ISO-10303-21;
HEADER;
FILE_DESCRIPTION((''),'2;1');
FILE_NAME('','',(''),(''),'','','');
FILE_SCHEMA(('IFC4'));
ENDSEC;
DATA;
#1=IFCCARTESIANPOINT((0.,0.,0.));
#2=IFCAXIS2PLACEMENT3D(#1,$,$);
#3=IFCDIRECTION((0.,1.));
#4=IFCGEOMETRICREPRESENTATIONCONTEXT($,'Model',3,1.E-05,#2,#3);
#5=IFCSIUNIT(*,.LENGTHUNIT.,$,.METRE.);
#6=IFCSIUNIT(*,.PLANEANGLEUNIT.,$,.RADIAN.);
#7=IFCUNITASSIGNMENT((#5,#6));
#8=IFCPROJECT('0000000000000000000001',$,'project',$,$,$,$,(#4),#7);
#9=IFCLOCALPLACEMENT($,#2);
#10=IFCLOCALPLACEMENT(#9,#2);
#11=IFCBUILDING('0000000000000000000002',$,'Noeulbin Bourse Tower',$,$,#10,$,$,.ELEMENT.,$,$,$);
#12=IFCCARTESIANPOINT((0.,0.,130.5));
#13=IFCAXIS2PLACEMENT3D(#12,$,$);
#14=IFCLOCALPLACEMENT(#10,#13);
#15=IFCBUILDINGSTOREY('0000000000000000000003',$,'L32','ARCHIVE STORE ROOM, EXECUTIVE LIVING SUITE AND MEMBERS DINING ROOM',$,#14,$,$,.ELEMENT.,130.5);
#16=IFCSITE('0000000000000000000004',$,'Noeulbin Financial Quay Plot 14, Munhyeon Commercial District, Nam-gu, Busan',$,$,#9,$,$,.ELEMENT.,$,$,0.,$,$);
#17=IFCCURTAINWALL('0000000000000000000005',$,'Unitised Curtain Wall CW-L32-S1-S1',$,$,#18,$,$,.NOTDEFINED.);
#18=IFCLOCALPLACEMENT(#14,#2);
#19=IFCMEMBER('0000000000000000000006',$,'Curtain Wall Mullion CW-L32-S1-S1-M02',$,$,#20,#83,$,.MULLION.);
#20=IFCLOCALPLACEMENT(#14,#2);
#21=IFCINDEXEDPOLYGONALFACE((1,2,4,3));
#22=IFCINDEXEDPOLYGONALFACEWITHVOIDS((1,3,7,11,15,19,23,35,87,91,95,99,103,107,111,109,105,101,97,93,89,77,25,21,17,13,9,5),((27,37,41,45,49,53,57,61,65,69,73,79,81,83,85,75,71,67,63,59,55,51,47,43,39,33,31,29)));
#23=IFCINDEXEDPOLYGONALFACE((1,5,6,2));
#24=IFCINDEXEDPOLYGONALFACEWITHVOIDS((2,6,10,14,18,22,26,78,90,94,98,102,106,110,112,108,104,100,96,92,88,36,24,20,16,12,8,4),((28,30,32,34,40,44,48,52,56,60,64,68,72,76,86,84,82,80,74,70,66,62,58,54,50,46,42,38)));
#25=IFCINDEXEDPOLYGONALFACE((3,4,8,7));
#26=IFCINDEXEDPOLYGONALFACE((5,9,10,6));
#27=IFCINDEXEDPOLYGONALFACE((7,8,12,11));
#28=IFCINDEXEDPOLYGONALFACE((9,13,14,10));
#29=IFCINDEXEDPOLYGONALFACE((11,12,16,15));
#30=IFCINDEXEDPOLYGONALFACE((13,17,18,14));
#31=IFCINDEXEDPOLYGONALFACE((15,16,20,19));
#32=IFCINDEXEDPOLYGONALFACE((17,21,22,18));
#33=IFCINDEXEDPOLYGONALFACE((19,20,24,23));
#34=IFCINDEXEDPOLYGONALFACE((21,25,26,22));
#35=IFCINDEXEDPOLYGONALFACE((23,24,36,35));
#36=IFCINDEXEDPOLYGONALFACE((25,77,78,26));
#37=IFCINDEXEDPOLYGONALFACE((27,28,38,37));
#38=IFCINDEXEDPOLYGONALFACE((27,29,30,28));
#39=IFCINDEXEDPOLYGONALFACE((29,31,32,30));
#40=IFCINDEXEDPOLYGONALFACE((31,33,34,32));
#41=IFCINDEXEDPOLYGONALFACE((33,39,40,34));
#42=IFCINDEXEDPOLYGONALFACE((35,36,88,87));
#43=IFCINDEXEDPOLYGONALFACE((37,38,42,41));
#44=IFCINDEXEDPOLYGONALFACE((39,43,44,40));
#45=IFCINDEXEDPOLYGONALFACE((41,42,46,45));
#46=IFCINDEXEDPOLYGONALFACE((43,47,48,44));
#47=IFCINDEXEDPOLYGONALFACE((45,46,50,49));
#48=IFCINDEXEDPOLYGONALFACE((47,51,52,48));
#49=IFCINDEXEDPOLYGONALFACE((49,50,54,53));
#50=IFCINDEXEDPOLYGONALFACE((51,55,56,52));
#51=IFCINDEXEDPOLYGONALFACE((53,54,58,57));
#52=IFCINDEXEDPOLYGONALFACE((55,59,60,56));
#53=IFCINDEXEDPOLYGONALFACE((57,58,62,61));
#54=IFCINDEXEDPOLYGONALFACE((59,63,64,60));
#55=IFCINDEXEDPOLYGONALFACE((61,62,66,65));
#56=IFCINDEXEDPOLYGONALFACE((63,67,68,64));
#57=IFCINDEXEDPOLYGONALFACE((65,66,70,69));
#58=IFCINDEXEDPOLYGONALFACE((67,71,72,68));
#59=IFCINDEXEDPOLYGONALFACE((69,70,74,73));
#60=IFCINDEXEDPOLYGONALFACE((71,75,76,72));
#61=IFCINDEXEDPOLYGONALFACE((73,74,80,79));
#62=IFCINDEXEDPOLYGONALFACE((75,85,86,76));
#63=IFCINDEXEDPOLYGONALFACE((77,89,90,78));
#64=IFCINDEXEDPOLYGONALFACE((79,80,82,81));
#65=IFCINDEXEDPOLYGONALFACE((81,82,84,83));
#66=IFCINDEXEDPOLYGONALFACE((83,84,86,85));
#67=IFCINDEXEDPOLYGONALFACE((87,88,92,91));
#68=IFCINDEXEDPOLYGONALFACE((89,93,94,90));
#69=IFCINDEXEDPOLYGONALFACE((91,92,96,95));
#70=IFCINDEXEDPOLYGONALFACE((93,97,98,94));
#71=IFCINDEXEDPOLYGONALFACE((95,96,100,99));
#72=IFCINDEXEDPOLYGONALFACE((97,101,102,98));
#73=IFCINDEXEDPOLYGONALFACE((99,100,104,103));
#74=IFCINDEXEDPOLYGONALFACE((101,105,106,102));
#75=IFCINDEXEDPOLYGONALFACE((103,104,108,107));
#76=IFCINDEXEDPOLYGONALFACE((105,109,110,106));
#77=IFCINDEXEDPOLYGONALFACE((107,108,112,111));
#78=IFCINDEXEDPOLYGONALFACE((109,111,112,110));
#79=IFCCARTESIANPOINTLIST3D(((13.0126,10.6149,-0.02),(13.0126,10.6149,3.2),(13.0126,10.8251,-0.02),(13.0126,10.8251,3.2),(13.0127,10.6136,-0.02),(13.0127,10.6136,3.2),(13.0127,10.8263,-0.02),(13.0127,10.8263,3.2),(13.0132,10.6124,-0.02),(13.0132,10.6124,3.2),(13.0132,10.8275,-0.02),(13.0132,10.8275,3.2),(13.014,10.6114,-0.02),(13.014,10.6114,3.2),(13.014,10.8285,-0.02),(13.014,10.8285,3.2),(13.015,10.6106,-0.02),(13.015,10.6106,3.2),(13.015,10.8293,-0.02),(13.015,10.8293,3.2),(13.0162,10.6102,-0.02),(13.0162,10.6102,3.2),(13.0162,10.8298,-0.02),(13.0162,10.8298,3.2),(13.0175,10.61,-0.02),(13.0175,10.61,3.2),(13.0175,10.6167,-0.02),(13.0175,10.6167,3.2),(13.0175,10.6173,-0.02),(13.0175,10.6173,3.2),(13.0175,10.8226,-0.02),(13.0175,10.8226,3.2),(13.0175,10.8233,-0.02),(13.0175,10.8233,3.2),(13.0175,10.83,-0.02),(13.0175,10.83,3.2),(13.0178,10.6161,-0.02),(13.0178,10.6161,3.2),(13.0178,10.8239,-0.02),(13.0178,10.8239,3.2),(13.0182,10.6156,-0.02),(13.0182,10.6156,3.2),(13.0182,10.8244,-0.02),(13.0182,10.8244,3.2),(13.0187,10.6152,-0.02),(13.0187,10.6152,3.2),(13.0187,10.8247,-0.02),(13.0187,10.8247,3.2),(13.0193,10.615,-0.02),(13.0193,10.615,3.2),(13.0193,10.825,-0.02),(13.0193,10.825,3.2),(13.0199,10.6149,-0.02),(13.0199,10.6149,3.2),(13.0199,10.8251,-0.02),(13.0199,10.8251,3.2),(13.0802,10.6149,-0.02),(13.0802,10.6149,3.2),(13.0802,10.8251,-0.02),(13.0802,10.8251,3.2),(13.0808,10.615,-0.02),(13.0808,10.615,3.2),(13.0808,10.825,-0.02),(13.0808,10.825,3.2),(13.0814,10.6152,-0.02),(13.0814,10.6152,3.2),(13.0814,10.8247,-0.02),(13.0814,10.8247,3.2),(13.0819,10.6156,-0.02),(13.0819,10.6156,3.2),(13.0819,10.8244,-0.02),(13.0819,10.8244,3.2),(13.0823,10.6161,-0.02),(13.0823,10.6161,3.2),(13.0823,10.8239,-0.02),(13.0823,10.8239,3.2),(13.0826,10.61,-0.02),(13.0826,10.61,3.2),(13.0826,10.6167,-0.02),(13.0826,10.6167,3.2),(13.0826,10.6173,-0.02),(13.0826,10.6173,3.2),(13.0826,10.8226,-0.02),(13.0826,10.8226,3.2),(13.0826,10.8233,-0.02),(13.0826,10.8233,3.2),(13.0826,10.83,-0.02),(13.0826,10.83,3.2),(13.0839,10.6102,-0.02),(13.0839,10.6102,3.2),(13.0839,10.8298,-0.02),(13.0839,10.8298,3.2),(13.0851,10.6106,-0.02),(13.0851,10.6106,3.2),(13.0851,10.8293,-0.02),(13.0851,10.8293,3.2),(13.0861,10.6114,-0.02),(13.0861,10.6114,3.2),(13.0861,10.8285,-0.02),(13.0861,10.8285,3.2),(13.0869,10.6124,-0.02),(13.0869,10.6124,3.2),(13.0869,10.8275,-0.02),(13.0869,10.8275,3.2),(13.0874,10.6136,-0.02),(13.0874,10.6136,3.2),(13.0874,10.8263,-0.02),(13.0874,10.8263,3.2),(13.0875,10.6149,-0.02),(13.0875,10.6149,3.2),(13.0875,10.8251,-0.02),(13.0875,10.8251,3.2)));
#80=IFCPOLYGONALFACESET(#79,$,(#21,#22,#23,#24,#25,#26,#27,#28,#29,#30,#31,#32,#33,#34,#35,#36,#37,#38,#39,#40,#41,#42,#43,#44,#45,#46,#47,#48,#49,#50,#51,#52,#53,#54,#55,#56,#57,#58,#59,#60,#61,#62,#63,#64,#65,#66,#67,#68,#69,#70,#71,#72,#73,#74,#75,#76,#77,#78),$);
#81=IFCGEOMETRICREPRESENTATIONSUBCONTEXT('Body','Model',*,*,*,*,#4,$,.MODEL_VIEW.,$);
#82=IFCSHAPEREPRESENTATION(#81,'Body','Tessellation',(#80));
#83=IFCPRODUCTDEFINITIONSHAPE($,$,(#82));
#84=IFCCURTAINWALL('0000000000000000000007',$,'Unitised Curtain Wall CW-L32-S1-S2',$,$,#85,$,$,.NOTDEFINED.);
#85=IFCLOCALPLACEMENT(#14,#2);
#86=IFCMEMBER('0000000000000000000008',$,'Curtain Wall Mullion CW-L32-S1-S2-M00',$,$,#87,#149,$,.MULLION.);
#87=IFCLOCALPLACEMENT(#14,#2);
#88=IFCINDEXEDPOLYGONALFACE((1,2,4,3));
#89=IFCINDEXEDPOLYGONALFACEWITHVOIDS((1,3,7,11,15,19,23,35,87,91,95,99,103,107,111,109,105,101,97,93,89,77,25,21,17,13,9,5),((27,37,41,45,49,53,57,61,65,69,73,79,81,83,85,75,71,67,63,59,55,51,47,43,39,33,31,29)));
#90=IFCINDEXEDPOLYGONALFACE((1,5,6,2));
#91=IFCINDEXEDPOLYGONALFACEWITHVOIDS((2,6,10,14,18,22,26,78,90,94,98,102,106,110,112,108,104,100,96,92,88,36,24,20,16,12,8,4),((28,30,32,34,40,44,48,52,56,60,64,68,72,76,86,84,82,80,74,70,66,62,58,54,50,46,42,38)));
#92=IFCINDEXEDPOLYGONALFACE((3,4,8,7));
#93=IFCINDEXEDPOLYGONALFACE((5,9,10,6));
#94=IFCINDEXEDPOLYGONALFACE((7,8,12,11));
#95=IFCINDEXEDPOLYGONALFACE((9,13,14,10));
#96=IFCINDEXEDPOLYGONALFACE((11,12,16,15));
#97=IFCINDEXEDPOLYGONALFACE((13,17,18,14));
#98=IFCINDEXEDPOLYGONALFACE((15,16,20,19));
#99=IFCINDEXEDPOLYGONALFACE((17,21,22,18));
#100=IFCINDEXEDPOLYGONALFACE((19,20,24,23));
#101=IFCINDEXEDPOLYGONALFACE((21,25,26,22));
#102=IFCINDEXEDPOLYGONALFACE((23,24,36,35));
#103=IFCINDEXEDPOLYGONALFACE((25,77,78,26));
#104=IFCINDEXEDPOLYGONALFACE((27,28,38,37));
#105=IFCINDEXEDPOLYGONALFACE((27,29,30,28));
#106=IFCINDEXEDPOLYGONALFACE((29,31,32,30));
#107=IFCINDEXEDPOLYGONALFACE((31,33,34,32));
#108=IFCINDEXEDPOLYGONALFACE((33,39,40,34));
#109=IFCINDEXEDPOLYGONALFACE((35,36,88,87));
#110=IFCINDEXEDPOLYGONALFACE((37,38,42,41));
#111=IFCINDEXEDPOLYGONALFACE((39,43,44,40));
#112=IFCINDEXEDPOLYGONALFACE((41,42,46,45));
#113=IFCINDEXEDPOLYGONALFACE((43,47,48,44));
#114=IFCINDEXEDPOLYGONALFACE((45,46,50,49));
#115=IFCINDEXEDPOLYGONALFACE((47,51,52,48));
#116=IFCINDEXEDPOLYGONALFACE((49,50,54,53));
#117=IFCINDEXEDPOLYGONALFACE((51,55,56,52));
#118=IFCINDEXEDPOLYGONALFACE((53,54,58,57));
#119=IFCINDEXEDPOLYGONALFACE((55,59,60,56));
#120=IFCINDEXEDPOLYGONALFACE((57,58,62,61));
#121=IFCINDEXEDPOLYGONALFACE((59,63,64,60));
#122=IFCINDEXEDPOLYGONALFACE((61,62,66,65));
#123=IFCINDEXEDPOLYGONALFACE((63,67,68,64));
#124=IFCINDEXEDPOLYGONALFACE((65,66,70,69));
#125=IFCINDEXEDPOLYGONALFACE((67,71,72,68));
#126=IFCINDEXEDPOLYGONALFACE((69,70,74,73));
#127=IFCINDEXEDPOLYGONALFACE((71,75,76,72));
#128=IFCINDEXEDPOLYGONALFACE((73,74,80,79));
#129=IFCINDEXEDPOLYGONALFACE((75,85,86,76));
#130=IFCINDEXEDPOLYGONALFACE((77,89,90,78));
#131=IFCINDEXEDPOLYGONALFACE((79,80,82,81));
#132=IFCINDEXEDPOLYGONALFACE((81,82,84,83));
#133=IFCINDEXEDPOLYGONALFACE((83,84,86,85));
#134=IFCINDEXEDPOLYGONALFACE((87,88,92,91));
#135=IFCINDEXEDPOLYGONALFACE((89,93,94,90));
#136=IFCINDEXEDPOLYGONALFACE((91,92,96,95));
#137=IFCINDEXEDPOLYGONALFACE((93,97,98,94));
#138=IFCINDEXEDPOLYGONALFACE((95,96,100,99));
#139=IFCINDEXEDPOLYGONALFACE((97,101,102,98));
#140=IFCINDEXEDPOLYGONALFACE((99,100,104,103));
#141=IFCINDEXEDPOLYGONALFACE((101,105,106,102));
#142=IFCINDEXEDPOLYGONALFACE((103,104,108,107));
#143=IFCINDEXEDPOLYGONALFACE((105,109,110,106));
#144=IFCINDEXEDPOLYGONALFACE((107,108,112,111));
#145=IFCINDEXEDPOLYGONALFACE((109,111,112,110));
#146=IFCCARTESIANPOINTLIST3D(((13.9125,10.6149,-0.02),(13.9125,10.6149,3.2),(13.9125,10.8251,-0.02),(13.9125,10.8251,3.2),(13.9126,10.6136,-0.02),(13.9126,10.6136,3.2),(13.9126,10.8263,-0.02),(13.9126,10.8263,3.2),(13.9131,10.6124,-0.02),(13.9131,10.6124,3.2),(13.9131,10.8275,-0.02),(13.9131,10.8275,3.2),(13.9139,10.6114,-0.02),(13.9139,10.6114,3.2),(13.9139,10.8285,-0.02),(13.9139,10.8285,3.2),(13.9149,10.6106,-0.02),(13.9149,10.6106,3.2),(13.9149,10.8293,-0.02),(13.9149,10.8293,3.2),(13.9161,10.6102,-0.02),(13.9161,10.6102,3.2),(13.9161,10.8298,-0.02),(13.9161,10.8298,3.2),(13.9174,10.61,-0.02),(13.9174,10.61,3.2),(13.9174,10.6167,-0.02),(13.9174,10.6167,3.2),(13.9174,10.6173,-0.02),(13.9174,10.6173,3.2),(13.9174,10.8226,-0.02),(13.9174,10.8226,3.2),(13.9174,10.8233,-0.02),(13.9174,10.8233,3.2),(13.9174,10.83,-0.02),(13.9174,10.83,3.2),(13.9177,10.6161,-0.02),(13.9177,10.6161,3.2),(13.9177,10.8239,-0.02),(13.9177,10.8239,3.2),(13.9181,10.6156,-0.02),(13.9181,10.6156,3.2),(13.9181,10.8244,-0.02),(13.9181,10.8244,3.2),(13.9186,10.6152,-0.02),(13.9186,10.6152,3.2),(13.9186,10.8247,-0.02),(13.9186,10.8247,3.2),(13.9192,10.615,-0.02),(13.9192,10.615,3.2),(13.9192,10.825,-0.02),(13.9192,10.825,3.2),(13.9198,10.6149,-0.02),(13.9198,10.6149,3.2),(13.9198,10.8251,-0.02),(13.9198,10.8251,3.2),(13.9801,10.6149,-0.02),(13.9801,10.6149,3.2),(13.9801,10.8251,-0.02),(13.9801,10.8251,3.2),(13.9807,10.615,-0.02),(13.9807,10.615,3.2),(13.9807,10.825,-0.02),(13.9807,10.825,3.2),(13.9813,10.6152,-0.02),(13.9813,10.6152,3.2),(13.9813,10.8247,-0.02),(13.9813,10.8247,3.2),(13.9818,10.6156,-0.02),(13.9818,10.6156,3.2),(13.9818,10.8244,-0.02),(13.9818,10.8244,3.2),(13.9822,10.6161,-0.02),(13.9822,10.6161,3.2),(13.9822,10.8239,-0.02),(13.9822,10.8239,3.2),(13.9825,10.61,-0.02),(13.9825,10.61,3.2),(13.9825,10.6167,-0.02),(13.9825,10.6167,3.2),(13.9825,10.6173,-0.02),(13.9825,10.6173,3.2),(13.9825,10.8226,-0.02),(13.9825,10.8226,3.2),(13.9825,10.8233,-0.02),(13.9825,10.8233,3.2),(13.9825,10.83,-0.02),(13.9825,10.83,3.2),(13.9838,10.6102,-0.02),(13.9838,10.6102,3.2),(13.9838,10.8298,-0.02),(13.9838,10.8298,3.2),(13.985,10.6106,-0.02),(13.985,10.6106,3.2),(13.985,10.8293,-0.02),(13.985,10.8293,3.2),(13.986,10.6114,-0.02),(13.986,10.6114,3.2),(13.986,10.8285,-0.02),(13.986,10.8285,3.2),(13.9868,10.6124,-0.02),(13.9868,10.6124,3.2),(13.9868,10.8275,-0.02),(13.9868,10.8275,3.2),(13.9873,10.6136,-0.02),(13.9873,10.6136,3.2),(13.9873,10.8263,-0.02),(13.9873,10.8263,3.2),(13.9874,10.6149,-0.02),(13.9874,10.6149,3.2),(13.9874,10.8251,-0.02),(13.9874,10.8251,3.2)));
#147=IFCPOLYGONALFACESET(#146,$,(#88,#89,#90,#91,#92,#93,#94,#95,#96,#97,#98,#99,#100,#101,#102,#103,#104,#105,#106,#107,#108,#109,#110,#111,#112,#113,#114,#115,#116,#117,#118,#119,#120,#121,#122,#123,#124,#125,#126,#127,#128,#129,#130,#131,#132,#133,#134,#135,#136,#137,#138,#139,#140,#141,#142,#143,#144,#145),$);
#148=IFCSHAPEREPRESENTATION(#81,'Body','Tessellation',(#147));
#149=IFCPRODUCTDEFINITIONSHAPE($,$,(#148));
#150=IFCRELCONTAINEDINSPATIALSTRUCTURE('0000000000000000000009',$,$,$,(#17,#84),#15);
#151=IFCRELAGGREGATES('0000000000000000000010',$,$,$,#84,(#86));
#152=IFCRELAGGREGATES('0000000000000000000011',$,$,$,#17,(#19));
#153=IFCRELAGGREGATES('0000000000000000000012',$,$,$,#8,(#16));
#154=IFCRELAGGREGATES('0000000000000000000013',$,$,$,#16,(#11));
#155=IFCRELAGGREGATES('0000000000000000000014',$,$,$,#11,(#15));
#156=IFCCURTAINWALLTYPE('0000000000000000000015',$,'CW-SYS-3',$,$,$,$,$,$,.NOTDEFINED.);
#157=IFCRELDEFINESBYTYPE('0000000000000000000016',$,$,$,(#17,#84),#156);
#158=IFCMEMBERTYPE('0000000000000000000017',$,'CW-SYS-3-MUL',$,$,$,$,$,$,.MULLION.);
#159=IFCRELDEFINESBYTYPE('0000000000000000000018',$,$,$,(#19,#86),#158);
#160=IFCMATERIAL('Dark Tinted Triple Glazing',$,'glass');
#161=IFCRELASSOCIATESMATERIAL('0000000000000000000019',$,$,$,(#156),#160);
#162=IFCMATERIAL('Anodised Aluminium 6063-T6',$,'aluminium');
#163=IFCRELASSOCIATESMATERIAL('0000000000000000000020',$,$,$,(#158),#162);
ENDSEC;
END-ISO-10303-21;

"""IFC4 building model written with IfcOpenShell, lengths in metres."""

from ifc_helpers import new_model, si_unit, direction, frame, origin, origin_2d, place, context, subcontext, project, spatial, hollow_rectangle, extrude, material, material_profile, profile_set, type_object, element, aggregate, save


model = new_model("IFC4")

# Units and contexts
model_context = context("Model", 3, precision=1e-05, world=origin(), true_north=direction((0.0, 1.0)))
body_context = subcontext(model_context, "Body", "Model", "MODEL_VIEW")
ifc_project = project(units=[si_unit("LENGTHUNIT", "METRE"), si_unit("PLANEANGLEUNIT", "RADIAN")], contexts=[model_context])

# Site, building, storey
site_placement = place(None, origin())
site = spatial("IfcSite", under=ifc_project, at=site_placement, Name="Noeulbin Financial Quay Plot 14, Munhyeon Commercial District, Nam-gu, Busan", CompositionType="ELEMENT", RefElevation=0.0)
building_placement = place(site_placement, origin())
building = spatial("IfcBuilding", under=site, at=building_placement, Name="Noeulbin Bourse Tower", CompositionType="ELEMENT")
storey_placement = place(building_placement, frame((0.0, 0.0, 130.5)))
storey = spatial("IfcBuildingStorey", under=building, at=storey_placement, Name="L32", Description="ARCHIVE STORE ROOM, EXECUTIVE LIVING SUITE AND MEMBERS DINING ROOM", CompositionType="ELEMENT", Elevation=130.5)

# Curtain wall, member
ifc_material_1 = material(Name="Dark Tinted Triple Glazing", Category="glass")
curtain_wall_type = type_object("IfcCurtainWallType", Name="CW-SYS-3", PredefinedType="NOTDEFINED", material=ifc_material_1)
curtain_wall_1_placement = place(storey_placement, origin())
curtain_wall_1 = element("IfcCurtainWall", 1, at=curtain_wall_1_placement, inside=storey, type_object=curtain_wall_type, Name="Unitised Curtain Wall CW-L32-S1-S1", PredefinedType="NOTDEFINED")
ifc_material_2 = material(Name="Anodised Aluminium 6063-T6", Category="aluminium")
ifc_material_profile_1 = material_profile(ifc_material_2, hollow_rectangle(XDim=0.075, YDim=0.22, WallThickness=0.0049, InnerFilletRadius=0.0024, OuterFilletRadius=0.0049, at=origin_2d()), Name="ALU-MULL-75x220x5", Category="LoadBearing")
ifc_profile_set_1 = profile_set([ifc_material_profile_1], Name="Anodised Aluminium 6063-T6")
member_type_1 = type_object("IfcMemberType", Name="CW-SYS-3-MUL", PredefinedType="MULLION", material=ifc_profile_set_1)
member_1_placement = place(storey_placement, frame((13.05, 10.72, -0.02), z_axis=(0.0, 0.0, 1.0), x_axis=(1.0, 0.0, 0.0)))
member_1 = element("IfcMember", 2, at=member_1_placement, type_object=member_type_1, Name="Curtain Wall Mullion CW-L32-S1-S1-M02", PredefinedType="MULLION", context=body_context, shape_type="SweptSolid", body=[
    extrude(hollow_rectangle(XDim=0.075, YDim=0.22, WallThickness=0.0049, InnerFilletRadius=0.0024, OuterFilletRadius=0.0049, at=origin_2d()), origin(), (0.0, 0.0, 1.0), 3.22),
])

# Curtain wall, member
curtain_wall_2_placement = place(storey_placement, origin())
curtain_wall_2 = element("IfcCurtainWall", 3, at=curtain_wall_2_placement, inside=storey, type_object=curtain_wall_type, Name="Unitised Curtain Wall CW-L32-S1-S2", PredefinedType="NOTDEFINED")
member_2_placement = place(storey_placement, frame((13.95, 10.72, -0.02), z_axis=(0.0, 0.0, 1.0), x_axis=(1.0, 0.0, 0.0)))
member_2 = element("IfcMember", 4, at=member_2_placement, type_object=member_type_1, Name="Curtain Wall Mullion CW-L32-S1-S2-M00", PredefinedType="MULLION", context=body_context, shape_type="SweptSolid", body=[
    extrude(hollow_rectangle(XDim=0.075, YDim=0.22, WallThickness=0.0049, InnerFilletRadius=0.0024, OuterFilletRadius=0.0049, at=origin_2d()), origin(), (0.0, 0.0, 1.0), 3.22),
])

aggregate(curtain_wall_2, [member_2])

aggregate(curtain_wall_1, [member_1])

save(model, "model.ifc")
